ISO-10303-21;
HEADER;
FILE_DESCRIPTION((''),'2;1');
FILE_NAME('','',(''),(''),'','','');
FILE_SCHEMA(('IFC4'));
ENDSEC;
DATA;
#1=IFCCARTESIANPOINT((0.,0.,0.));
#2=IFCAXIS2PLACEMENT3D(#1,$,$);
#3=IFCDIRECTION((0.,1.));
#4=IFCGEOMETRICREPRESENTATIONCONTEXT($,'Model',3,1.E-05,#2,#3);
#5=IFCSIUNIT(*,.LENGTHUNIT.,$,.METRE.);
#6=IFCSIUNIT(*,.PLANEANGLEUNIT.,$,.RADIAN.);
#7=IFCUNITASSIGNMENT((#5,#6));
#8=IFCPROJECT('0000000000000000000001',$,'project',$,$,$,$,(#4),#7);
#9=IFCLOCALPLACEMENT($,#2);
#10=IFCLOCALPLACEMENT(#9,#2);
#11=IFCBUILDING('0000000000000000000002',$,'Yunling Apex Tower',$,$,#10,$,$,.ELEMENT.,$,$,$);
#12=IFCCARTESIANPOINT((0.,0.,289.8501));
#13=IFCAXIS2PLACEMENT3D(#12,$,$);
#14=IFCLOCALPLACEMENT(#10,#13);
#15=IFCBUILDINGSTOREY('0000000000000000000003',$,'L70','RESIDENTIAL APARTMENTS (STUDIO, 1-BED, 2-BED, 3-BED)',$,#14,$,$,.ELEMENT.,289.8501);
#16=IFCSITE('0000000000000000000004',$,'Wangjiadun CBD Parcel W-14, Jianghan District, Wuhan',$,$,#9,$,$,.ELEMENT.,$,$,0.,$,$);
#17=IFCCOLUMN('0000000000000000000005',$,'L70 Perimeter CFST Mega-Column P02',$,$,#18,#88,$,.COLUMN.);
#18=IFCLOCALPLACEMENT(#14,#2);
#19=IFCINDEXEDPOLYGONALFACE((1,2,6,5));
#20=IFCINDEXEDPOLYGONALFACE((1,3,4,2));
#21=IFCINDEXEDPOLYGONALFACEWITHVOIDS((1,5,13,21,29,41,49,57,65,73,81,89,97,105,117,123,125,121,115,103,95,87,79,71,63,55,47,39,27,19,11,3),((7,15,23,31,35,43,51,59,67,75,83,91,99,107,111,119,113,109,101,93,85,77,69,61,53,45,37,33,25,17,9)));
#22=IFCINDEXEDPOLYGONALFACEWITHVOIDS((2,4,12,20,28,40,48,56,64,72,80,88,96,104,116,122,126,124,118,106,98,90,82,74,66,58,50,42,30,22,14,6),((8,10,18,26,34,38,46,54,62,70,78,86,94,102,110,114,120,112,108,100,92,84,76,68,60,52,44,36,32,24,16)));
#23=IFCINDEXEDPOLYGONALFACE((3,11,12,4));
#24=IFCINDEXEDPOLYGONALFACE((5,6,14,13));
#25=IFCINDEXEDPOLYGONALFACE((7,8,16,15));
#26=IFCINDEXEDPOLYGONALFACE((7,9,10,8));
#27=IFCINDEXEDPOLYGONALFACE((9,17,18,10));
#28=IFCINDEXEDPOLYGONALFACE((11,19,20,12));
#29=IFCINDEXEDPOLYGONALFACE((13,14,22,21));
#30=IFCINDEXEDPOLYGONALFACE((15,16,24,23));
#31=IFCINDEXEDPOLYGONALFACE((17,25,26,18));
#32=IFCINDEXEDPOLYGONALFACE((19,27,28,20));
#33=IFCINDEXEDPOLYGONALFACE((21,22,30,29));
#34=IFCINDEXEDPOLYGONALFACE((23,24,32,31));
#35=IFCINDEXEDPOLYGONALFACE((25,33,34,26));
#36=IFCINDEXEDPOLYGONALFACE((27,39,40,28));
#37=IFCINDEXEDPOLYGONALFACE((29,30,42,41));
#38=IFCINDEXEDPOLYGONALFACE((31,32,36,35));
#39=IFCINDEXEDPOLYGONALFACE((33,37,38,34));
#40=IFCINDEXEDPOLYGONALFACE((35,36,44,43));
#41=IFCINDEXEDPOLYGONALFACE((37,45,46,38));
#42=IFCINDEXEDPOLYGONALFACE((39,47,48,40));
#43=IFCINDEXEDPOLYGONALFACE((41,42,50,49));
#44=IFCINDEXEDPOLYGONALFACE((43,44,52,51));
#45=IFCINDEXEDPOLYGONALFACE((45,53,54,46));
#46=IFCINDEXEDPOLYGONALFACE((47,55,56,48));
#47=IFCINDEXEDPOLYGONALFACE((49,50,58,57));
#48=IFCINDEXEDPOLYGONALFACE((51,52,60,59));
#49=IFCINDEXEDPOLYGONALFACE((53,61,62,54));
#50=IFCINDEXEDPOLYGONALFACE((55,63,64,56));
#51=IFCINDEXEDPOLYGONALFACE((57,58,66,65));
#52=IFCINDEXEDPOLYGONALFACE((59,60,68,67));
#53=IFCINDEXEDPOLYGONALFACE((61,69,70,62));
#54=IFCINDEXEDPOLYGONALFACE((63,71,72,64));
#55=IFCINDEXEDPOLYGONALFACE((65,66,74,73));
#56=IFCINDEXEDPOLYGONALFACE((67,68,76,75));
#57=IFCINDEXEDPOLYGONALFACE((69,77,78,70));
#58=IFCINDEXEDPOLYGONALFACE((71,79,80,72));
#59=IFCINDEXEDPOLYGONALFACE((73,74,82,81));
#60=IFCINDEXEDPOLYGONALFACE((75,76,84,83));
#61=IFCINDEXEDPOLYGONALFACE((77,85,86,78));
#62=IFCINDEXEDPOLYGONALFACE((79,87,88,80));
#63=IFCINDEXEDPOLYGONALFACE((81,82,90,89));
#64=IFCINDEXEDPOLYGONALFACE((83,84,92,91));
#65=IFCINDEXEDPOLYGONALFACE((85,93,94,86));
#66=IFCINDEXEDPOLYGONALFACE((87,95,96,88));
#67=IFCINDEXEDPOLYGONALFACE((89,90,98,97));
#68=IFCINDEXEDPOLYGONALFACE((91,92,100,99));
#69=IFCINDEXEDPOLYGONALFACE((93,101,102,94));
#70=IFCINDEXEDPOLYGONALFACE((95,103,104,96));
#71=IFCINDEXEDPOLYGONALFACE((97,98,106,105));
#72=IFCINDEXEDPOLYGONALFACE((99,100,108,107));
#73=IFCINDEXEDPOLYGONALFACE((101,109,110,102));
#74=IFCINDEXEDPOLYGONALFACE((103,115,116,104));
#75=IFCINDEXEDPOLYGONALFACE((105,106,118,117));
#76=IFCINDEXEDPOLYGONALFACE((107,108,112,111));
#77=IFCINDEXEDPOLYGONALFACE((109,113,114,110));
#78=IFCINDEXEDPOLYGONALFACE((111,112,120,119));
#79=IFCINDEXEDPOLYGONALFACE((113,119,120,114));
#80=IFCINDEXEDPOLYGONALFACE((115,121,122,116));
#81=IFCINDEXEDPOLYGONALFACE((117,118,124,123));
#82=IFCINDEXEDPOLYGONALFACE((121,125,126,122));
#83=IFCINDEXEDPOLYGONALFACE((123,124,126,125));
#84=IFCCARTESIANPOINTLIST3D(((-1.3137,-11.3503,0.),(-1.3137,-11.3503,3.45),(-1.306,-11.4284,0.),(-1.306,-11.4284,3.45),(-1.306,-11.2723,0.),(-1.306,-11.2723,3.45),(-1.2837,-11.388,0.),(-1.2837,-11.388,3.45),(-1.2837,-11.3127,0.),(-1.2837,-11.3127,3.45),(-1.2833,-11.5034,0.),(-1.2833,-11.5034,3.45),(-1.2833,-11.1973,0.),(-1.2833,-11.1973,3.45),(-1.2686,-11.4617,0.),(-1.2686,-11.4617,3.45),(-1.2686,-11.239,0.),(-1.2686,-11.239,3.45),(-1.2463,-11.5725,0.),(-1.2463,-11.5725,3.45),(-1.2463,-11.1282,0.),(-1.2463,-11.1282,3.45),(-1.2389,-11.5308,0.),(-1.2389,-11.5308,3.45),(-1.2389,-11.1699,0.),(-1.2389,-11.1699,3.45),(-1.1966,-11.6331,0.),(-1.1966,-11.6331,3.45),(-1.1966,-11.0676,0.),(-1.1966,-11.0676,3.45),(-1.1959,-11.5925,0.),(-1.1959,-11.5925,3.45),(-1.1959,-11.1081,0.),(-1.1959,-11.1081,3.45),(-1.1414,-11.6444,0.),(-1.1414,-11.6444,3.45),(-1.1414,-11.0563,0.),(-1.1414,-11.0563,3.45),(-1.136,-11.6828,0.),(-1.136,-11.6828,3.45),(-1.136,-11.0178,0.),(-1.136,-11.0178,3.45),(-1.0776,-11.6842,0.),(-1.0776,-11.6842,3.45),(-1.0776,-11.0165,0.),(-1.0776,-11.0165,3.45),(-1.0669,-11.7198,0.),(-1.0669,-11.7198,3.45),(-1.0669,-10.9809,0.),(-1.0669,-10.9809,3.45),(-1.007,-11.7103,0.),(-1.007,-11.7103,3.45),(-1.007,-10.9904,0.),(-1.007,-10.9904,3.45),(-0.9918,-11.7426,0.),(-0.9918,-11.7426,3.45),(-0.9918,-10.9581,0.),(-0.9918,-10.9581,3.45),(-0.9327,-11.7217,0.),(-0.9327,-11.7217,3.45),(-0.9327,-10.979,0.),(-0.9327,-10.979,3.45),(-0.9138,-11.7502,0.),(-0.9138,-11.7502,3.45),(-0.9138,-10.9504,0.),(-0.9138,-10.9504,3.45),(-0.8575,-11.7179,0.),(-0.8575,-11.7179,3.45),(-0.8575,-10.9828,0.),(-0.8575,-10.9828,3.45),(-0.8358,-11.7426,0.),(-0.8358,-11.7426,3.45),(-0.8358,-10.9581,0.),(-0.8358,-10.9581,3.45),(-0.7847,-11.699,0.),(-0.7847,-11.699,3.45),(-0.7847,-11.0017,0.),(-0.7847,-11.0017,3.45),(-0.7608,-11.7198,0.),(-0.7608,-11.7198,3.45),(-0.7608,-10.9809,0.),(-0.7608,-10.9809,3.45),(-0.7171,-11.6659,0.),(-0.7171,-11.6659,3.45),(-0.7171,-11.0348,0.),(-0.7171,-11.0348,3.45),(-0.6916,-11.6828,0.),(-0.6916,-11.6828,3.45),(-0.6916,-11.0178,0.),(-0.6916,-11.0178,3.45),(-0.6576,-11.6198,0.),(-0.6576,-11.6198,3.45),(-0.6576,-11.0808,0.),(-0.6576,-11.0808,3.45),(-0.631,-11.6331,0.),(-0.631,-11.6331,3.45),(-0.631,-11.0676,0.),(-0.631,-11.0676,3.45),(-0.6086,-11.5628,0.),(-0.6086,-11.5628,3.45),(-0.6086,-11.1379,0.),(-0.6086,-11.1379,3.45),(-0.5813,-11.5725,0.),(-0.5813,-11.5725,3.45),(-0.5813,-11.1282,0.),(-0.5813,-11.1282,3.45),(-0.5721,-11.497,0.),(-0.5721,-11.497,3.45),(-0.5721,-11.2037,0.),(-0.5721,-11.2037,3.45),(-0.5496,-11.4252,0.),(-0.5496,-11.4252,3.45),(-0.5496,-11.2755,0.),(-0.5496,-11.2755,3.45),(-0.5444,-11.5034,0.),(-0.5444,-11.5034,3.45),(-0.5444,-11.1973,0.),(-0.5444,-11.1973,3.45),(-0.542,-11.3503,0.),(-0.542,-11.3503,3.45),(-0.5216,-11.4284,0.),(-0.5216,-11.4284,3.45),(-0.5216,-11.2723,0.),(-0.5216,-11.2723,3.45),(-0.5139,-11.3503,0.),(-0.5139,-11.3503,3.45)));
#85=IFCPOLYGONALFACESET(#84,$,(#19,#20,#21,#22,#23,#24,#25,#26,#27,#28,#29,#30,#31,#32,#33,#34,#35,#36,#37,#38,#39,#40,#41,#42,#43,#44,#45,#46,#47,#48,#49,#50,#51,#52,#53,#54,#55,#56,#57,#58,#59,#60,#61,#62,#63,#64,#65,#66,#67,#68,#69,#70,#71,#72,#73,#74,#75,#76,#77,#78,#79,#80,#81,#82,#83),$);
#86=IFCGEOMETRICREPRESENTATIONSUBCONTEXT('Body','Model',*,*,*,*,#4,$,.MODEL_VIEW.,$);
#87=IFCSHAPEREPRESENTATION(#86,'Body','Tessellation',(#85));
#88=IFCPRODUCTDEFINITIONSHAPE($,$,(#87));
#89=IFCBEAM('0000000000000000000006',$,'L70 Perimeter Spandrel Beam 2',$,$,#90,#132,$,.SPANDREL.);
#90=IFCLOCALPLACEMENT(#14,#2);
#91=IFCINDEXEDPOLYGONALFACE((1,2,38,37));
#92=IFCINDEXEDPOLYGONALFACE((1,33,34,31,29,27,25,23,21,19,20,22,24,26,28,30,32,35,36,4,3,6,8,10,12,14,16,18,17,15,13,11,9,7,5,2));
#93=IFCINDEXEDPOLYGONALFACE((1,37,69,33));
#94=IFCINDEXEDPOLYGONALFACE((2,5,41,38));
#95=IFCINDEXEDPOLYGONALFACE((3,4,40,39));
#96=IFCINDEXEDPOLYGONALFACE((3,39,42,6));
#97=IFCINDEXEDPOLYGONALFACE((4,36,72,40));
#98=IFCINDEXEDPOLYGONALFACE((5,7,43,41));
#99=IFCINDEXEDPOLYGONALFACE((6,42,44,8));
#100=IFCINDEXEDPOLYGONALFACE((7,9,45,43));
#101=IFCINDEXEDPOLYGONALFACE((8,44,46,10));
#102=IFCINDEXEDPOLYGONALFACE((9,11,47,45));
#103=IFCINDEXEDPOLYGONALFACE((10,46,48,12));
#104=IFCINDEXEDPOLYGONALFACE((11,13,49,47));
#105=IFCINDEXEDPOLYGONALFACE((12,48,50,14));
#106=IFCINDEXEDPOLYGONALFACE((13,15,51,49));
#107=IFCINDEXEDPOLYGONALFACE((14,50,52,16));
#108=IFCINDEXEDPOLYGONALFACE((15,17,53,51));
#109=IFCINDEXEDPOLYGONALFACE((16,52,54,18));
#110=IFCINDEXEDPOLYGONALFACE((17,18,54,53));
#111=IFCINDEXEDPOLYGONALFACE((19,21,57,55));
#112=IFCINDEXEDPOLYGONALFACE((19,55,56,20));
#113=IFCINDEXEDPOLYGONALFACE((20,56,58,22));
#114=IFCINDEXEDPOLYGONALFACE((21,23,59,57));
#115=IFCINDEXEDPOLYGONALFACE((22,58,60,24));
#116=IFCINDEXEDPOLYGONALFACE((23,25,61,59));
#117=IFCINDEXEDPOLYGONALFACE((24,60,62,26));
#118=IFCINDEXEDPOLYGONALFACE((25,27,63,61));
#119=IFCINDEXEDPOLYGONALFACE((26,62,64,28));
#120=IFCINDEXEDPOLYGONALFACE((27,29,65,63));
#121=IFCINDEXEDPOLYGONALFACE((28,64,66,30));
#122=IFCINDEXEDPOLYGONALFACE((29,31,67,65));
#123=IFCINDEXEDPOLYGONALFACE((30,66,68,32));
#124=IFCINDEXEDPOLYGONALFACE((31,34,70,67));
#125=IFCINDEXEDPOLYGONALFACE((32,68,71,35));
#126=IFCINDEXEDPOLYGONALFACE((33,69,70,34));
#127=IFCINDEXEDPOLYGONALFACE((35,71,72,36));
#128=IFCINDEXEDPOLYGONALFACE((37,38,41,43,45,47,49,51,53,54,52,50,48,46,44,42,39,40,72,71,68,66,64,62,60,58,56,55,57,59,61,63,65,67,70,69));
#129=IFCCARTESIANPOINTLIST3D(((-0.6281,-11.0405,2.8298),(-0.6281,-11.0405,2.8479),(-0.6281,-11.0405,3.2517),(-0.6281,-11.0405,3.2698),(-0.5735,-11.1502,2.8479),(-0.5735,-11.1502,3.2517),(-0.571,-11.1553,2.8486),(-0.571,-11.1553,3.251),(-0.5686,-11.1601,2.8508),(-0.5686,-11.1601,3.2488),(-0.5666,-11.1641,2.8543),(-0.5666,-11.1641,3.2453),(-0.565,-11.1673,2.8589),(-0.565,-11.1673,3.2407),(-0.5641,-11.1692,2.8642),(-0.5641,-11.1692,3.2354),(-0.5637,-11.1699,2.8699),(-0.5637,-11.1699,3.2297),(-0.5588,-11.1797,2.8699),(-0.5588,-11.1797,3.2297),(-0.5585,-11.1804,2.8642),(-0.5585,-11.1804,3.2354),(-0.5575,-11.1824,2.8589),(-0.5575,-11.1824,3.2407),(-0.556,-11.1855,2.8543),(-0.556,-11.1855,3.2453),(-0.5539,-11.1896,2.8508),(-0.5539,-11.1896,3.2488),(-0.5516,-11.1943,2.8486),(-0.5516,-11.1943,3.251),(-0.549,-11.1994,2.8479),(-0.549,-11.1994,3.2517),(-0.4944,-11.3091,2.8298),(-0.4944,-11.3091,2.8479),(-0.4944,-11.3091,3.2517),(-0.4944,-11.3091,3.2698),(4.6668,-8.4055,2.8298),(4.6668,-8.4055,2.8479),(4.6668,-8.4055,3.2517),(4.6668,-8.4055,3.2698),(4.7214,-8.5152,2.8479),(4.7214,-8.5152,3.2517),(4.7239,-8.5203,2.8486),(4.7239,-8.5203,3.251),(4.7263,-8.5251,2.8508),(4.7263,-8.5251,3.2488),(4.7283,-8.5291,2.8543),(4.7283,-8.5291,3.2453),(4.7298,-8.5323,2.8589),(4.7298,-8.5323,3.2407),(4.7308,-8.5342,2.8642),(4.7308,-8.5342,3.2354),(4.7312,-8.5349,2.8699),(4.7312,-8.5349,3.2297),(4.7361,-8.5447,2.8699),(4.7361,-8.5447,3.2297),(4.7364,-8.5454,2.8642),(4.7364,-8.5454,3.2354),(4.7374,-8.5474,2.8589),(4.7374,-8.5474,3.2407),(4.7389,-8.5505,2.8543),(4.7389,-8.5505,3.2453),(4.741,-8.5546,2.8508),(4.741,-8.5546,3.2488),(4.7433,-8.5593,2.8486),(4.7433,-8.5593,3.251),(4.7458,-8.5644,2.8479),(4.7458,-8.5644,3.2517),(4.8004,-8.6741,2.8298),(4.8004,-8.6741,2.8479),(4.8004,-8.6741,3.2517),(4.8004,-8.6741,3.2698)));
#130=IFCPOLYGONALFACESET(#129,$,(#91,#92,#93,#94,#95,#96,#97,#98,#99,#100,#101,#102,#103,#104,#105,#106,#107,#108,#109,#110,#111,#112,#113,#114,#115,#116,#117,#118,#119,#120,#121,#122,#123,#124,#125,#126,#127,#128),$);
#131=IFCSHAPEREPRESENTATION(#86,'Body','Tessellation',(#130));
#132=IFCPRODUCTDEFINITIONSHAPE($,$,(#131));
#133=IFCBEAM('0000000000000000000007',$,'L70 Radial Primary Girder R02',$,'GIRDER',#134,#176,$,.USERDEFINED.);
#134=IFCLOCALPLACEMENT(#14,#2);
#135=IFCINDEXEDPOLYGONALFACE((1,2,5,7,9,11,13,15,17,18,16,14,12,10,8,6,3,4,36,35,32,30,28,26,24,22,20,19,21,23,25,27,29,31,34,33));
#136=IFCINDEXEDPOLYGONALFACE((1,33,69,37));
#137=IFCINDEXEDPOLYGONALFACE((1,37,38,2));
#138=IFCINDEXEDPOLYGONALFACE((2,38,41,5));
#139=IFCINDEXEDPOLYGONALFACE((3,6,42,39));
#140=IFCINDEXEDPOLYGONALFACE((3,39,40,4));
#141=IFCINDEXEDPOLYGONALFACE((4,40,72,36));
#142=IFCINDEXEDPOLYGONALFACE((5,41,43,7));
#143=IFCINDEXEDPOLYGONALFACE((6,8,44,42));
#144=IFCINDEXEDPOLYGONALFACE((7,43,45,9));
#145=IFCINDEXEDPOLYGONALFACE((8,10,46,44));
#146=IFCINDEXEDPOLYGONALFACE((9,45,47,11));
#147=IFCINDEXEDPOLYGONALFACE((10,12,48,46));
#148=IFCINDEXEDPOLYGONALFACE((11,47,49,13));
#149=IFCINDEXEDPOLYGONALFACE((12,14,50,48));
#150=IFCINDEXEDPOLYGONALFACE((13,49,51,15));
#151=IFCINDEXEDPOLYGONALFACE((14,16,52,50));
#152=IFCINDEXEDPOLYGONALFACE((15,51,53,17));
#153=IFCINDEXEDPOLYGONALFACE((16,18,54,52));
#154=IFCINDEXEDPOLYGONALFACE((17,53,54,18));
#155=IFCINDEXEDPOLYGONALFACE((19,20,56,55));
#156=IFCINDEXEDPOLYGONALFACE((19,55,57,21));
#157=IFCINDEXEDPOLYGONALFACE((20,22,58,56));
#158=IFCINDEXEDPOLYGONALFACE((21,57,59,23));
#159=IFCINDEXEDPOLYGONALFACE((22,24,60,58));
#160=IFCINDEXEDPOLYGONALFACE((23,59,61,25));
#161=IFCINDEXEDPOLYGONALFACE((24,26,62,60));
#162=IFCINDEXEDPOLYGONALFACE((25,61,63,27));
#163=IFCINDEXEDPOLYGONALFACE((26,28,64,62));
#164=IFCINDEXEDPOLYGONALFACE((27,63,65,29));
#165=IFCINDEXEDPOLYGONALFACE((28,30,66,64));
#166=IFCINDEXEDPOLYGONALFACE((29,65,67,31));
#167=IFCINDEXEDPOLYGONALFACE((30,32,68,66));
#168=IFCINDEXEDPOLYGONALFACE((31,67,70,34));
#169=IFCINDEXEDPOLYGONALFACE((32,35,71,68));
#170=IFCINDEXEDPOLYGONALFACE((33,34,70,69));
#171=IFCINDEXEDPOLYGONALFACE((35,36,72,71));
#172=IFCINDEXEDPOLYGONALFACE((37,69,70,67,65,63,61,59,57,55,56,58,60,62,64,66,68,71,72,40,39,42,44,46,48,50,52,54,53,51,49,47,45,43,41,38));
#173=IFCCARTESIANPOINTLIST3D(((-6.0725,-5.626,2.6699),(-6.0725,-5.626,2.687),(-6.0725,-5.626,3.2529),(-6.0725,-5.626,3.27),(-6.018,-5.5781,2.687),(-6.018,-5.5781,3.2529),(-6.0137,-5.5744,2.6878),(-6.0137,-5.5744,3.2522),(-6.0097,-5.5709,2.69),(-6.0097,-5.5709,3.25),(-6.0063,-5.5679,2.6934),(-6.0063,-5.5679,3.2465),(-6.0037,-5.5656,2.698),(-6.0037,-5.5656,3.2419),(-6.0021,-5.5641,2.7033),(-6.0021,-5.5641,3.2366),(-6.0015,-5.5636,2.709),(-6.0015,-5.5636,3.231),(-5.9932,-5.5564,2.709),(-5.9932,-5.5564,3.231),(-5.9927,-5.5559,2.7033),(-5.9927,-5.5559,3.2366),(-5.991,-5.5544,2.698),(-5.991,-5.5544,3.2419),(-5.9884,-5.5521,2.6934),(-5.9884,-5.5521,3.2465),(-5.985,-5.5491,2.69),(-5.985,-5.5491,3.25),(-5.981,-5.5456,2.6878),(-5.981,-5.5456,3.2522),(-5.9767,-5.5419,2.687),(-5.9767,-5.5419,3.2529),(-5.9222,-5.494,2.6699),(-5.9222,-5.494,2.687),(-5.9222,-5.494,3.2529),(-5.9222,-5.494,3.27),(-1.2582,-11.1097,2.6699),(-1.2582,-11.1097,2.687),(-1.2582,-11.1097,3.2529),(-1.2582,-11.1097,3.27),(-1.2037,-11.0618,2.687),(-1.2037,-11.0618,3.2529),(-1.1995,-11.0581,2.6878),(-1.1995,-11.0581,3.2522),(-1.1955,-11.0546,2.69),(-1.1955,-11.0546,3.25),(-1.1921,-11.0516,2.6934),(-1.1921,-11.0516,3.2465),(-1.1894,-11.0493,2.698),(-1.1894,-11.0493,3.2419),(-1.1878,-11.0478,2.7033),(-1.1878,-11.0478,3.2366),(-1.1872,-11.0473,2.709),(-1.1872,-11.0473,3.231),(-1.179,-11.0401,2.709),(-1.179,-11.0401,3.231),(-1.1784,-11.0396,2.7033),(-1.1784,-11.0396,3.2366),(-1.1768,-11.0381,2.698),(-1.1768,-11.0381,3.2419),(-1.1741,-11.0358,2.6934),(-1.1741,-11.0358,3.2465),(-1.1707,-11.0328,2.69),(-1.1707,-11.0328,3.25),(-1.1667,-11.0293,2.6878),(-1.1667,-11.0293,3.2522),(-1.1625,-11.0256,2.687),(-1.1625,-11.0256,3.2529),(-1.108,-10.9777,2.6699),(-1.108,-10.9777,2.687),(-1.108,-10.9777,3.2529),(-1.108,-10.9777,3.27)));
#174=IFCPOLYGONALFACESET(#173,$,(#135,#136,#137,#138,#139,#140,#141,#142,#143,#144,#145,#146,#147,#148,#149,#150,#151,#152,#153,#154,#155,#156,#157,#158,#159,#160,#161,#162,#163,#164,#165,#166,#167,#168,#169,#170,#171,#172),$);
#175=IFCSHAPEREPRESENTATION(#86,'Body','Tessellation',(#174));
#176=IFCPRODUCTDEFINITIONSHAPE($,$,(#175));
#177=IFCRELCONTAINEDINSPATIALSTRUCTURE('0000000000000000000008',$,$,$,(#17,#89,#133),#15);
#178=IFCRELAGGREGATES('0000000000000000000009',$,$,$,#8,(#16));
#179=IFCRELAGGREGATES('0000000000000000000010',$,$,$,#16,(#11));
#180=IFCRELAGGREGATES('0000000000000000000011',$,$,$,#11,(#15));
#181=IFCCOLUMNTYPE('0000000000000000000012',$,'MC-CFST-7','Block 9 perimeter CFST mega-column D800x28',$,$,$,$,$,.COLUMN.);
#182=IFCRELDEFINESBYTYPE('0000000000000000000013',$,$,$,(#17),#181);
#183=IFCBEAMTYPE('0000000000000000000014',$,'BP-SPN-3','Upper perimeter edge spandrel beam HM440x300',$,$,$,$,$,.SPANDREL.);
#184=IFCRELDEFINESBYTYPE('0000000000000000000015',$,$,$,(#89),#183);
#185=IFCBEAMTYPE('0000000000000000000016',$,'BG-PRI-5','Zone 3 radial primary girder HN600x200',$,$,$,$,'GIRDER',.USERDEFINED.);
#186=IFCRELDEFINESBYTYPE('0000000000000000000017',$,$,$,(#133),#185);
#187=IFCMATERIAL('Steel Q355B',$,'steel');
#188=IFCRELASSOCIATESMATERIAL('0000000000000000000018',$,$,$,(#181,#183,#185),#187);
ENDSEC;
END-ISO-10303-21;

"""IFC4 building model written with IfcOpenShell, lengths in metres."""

from ifc_helpers import new_model, si_unit, direction, frame, origin, origin_2d, place, context, subcontext, project, spatial, hollow_circle, i_section, extrude, source, transform, mapped, material, material_profile, profile_set, type_object, element, save


model = new_model("IFC4")

# Units and contexts
model_context = context("Model", 3, precision=1e-05, world=origin(), true_north=direction((0.0, 1.0)))
body_context = subcontext(model_context, "Body", "Model", "MODEL_VIEW")
ifc_project = project(units=[si_unit("LENGTHUNIT", "METRE"), si_unit("PLANEANGLEUNIT", "RADIAN")], contexts=[model_context])

# Site, building, storey
site_placement = place(None, origin())
site = spatial("IfcSite", under=ifc_project, at=site_placement, Name="Wangjiadun CBD Parcel W-14, Jianghan District, Wuhan", CompositionType="ELEMENT", RefElevation=0.0)
building_placement = place(site_placement, origin())
building = spatial("IfcBuilding", under=site, at=building_placement, Name="Yunling Apex Tower", CompositionType="ELEMENT")
storey_placement = place(building_placement, frame((0.0, 0.0, 289.8501)))
storey = spatial("IfcBuildingStorey", under=building, at=storey_placement, Name="L70", Description="RESIDENTIAL APARTMENTS (STUDIO, 1-BED, 2-BED, 3-BED)", CompositionType="ELEMENT", Elevation=289.8501)

# Column
ifc_material_1 = material(Name="Steel Q355B", Category="steel")
ifc_material_profile_1 = material_profile(ifc_material_1, hollow_circle(Radius=0.3999, WallThickness=0.0281, at=origin_2d()))
ifc_profile_set_1 = profile_set([ifc_material_profile_1], Name="Steel Q355B")
column_type = type_object("IfcColumnType", Name="MC-CFST-7", Description="Block 9 perimeter CFST mega-column D800x28", PredefinedType="COLUMN", material=ifc_profile_set_1)
shared_shape_1 = source(origin(), body_context, "Body", "SweptSolid", [
    extrude(hollow_circle(Radius=0.3999, WallThickness=0.0281, at=origin_2d()), origin(), (0.0, 0.0, 1.0), 3.45),
])
column_placement = place(storey_placement, frame((-0.9138, -11.3503, 0.0), z_axis=(0.0, 0.0, 1.0), x_axis=(1.0, 0.0, 0.0)))
element("IfcColumn", 1, at=column_placement, inside=storey, type_object=column_type, Name="L70 Perimeter CFST Mega-Column P02", PredefinedType="COLUMN", context=body_context, shape_type="MappedRepresentation", body=[
    mapped(shared_shape_1, transform((0.0, 0.0, 0.0), scale=1.0)),
])

# Beams
ifc_material_profile_2 = material_profile(ifc_material_1, i_section(OverallWidth=0.3, OverallDepth=0.4399, WebThickness=0.011, FlangeThickness=0.0181, FilletRadius=0.022, at=origin_2d()))
ifc_profile_set_2 = profile_set([ifc_material_profile_2], Name="Steel Q355B")
beam_type_1 = type_object("IfcBeamType", Name="BP-SPN-3", Description="Upper perimeter edge spandrel beam HM440x300", PredefinedType="SPANDREL", material=ifc_profile_set_2)
shared_shape_2 = source(origin(), body_context, "Body", "SweptSolid", [
    extrude(i_section(OverallWidth=0.3, OverallDepth=0.4399, WebThickness=0.011, FlangeThickness=0.0181, FilletRadius=0.022, at=origin_2d()), origin(), (0.0, 0.0, 1.0), 5.9143),
])
beam_1_placement = place(storey_placement, frame((-0.5613, -11.1748, 3.0498), z_axis=(0.895268, 0.445529, 0.0), x_axis=(-0.445529, 0.895268, 0.0)))
element("IfcBeam", 2, at=beam_1_placement, inside=storey, type_object=beam_type_1, Name="L70 Perimeter Spandrel Beam 2", PredefinedType="SPANDREL", context=body_context, shape_type="MappedRepresentation", body=[
    mapped(shared_shape_2, transform((0.0, 0.0, 0.0), scale=1.0)),
])
ifc_material_profile_3 = material_profile(ifc_material_1, i_section(OverallWidth=0.2, OverallDepth=0.6001, WebThickness=0.011, FlangeThickness=0.0171, FilletRadius=0.022, at=origin_2d()))
ifc_profile_set_3 = profile_set([ifc_material_profile_3], Name="Steel Q355B")
beam_type_2 = type_object("IfcBeamType", Name="BG-PRI-5", Description="Zone 3 radial primary girder HN600x200", ElementType="GIRDER", PredefinedType="USERDEFINED", material=ifc_profile_set_3)
shared_shape_3 = source(origin(), body_context, "Body", "SweptSolid", [
    extrude(i_section(OverallWidth=0.2, OverallDepth=0.6001, WebThickness=0.011, FlangeThickness=0.0171, FilletRadius=0.022, at=origin_2d()), origin(), (0.0, 0.0, 1.0), 7.2971),
])
beam_2_placement = place(storey_placement, frame((-1.1831, -11.0437, 2.97), z_axis=(-0.659747, 0.751488, 0.0), x_axis=(-0.751488, -0.659747, 0.0)))
element("IfcBeam", 3, at=beam_2_placement, inside=storey, type_object=beam_type_2, Name="L70 Radial Primary Girder R02", ObjectType="GIRDER", PredefinedType="USERDEFINED", context=body_context, shape_type="MappedRepresentation", body=[
    mapped(shared_shape_3, transform((0.0, 0.0, 0.0), scale=1.0)),
])

save(model, "model.ifc")
